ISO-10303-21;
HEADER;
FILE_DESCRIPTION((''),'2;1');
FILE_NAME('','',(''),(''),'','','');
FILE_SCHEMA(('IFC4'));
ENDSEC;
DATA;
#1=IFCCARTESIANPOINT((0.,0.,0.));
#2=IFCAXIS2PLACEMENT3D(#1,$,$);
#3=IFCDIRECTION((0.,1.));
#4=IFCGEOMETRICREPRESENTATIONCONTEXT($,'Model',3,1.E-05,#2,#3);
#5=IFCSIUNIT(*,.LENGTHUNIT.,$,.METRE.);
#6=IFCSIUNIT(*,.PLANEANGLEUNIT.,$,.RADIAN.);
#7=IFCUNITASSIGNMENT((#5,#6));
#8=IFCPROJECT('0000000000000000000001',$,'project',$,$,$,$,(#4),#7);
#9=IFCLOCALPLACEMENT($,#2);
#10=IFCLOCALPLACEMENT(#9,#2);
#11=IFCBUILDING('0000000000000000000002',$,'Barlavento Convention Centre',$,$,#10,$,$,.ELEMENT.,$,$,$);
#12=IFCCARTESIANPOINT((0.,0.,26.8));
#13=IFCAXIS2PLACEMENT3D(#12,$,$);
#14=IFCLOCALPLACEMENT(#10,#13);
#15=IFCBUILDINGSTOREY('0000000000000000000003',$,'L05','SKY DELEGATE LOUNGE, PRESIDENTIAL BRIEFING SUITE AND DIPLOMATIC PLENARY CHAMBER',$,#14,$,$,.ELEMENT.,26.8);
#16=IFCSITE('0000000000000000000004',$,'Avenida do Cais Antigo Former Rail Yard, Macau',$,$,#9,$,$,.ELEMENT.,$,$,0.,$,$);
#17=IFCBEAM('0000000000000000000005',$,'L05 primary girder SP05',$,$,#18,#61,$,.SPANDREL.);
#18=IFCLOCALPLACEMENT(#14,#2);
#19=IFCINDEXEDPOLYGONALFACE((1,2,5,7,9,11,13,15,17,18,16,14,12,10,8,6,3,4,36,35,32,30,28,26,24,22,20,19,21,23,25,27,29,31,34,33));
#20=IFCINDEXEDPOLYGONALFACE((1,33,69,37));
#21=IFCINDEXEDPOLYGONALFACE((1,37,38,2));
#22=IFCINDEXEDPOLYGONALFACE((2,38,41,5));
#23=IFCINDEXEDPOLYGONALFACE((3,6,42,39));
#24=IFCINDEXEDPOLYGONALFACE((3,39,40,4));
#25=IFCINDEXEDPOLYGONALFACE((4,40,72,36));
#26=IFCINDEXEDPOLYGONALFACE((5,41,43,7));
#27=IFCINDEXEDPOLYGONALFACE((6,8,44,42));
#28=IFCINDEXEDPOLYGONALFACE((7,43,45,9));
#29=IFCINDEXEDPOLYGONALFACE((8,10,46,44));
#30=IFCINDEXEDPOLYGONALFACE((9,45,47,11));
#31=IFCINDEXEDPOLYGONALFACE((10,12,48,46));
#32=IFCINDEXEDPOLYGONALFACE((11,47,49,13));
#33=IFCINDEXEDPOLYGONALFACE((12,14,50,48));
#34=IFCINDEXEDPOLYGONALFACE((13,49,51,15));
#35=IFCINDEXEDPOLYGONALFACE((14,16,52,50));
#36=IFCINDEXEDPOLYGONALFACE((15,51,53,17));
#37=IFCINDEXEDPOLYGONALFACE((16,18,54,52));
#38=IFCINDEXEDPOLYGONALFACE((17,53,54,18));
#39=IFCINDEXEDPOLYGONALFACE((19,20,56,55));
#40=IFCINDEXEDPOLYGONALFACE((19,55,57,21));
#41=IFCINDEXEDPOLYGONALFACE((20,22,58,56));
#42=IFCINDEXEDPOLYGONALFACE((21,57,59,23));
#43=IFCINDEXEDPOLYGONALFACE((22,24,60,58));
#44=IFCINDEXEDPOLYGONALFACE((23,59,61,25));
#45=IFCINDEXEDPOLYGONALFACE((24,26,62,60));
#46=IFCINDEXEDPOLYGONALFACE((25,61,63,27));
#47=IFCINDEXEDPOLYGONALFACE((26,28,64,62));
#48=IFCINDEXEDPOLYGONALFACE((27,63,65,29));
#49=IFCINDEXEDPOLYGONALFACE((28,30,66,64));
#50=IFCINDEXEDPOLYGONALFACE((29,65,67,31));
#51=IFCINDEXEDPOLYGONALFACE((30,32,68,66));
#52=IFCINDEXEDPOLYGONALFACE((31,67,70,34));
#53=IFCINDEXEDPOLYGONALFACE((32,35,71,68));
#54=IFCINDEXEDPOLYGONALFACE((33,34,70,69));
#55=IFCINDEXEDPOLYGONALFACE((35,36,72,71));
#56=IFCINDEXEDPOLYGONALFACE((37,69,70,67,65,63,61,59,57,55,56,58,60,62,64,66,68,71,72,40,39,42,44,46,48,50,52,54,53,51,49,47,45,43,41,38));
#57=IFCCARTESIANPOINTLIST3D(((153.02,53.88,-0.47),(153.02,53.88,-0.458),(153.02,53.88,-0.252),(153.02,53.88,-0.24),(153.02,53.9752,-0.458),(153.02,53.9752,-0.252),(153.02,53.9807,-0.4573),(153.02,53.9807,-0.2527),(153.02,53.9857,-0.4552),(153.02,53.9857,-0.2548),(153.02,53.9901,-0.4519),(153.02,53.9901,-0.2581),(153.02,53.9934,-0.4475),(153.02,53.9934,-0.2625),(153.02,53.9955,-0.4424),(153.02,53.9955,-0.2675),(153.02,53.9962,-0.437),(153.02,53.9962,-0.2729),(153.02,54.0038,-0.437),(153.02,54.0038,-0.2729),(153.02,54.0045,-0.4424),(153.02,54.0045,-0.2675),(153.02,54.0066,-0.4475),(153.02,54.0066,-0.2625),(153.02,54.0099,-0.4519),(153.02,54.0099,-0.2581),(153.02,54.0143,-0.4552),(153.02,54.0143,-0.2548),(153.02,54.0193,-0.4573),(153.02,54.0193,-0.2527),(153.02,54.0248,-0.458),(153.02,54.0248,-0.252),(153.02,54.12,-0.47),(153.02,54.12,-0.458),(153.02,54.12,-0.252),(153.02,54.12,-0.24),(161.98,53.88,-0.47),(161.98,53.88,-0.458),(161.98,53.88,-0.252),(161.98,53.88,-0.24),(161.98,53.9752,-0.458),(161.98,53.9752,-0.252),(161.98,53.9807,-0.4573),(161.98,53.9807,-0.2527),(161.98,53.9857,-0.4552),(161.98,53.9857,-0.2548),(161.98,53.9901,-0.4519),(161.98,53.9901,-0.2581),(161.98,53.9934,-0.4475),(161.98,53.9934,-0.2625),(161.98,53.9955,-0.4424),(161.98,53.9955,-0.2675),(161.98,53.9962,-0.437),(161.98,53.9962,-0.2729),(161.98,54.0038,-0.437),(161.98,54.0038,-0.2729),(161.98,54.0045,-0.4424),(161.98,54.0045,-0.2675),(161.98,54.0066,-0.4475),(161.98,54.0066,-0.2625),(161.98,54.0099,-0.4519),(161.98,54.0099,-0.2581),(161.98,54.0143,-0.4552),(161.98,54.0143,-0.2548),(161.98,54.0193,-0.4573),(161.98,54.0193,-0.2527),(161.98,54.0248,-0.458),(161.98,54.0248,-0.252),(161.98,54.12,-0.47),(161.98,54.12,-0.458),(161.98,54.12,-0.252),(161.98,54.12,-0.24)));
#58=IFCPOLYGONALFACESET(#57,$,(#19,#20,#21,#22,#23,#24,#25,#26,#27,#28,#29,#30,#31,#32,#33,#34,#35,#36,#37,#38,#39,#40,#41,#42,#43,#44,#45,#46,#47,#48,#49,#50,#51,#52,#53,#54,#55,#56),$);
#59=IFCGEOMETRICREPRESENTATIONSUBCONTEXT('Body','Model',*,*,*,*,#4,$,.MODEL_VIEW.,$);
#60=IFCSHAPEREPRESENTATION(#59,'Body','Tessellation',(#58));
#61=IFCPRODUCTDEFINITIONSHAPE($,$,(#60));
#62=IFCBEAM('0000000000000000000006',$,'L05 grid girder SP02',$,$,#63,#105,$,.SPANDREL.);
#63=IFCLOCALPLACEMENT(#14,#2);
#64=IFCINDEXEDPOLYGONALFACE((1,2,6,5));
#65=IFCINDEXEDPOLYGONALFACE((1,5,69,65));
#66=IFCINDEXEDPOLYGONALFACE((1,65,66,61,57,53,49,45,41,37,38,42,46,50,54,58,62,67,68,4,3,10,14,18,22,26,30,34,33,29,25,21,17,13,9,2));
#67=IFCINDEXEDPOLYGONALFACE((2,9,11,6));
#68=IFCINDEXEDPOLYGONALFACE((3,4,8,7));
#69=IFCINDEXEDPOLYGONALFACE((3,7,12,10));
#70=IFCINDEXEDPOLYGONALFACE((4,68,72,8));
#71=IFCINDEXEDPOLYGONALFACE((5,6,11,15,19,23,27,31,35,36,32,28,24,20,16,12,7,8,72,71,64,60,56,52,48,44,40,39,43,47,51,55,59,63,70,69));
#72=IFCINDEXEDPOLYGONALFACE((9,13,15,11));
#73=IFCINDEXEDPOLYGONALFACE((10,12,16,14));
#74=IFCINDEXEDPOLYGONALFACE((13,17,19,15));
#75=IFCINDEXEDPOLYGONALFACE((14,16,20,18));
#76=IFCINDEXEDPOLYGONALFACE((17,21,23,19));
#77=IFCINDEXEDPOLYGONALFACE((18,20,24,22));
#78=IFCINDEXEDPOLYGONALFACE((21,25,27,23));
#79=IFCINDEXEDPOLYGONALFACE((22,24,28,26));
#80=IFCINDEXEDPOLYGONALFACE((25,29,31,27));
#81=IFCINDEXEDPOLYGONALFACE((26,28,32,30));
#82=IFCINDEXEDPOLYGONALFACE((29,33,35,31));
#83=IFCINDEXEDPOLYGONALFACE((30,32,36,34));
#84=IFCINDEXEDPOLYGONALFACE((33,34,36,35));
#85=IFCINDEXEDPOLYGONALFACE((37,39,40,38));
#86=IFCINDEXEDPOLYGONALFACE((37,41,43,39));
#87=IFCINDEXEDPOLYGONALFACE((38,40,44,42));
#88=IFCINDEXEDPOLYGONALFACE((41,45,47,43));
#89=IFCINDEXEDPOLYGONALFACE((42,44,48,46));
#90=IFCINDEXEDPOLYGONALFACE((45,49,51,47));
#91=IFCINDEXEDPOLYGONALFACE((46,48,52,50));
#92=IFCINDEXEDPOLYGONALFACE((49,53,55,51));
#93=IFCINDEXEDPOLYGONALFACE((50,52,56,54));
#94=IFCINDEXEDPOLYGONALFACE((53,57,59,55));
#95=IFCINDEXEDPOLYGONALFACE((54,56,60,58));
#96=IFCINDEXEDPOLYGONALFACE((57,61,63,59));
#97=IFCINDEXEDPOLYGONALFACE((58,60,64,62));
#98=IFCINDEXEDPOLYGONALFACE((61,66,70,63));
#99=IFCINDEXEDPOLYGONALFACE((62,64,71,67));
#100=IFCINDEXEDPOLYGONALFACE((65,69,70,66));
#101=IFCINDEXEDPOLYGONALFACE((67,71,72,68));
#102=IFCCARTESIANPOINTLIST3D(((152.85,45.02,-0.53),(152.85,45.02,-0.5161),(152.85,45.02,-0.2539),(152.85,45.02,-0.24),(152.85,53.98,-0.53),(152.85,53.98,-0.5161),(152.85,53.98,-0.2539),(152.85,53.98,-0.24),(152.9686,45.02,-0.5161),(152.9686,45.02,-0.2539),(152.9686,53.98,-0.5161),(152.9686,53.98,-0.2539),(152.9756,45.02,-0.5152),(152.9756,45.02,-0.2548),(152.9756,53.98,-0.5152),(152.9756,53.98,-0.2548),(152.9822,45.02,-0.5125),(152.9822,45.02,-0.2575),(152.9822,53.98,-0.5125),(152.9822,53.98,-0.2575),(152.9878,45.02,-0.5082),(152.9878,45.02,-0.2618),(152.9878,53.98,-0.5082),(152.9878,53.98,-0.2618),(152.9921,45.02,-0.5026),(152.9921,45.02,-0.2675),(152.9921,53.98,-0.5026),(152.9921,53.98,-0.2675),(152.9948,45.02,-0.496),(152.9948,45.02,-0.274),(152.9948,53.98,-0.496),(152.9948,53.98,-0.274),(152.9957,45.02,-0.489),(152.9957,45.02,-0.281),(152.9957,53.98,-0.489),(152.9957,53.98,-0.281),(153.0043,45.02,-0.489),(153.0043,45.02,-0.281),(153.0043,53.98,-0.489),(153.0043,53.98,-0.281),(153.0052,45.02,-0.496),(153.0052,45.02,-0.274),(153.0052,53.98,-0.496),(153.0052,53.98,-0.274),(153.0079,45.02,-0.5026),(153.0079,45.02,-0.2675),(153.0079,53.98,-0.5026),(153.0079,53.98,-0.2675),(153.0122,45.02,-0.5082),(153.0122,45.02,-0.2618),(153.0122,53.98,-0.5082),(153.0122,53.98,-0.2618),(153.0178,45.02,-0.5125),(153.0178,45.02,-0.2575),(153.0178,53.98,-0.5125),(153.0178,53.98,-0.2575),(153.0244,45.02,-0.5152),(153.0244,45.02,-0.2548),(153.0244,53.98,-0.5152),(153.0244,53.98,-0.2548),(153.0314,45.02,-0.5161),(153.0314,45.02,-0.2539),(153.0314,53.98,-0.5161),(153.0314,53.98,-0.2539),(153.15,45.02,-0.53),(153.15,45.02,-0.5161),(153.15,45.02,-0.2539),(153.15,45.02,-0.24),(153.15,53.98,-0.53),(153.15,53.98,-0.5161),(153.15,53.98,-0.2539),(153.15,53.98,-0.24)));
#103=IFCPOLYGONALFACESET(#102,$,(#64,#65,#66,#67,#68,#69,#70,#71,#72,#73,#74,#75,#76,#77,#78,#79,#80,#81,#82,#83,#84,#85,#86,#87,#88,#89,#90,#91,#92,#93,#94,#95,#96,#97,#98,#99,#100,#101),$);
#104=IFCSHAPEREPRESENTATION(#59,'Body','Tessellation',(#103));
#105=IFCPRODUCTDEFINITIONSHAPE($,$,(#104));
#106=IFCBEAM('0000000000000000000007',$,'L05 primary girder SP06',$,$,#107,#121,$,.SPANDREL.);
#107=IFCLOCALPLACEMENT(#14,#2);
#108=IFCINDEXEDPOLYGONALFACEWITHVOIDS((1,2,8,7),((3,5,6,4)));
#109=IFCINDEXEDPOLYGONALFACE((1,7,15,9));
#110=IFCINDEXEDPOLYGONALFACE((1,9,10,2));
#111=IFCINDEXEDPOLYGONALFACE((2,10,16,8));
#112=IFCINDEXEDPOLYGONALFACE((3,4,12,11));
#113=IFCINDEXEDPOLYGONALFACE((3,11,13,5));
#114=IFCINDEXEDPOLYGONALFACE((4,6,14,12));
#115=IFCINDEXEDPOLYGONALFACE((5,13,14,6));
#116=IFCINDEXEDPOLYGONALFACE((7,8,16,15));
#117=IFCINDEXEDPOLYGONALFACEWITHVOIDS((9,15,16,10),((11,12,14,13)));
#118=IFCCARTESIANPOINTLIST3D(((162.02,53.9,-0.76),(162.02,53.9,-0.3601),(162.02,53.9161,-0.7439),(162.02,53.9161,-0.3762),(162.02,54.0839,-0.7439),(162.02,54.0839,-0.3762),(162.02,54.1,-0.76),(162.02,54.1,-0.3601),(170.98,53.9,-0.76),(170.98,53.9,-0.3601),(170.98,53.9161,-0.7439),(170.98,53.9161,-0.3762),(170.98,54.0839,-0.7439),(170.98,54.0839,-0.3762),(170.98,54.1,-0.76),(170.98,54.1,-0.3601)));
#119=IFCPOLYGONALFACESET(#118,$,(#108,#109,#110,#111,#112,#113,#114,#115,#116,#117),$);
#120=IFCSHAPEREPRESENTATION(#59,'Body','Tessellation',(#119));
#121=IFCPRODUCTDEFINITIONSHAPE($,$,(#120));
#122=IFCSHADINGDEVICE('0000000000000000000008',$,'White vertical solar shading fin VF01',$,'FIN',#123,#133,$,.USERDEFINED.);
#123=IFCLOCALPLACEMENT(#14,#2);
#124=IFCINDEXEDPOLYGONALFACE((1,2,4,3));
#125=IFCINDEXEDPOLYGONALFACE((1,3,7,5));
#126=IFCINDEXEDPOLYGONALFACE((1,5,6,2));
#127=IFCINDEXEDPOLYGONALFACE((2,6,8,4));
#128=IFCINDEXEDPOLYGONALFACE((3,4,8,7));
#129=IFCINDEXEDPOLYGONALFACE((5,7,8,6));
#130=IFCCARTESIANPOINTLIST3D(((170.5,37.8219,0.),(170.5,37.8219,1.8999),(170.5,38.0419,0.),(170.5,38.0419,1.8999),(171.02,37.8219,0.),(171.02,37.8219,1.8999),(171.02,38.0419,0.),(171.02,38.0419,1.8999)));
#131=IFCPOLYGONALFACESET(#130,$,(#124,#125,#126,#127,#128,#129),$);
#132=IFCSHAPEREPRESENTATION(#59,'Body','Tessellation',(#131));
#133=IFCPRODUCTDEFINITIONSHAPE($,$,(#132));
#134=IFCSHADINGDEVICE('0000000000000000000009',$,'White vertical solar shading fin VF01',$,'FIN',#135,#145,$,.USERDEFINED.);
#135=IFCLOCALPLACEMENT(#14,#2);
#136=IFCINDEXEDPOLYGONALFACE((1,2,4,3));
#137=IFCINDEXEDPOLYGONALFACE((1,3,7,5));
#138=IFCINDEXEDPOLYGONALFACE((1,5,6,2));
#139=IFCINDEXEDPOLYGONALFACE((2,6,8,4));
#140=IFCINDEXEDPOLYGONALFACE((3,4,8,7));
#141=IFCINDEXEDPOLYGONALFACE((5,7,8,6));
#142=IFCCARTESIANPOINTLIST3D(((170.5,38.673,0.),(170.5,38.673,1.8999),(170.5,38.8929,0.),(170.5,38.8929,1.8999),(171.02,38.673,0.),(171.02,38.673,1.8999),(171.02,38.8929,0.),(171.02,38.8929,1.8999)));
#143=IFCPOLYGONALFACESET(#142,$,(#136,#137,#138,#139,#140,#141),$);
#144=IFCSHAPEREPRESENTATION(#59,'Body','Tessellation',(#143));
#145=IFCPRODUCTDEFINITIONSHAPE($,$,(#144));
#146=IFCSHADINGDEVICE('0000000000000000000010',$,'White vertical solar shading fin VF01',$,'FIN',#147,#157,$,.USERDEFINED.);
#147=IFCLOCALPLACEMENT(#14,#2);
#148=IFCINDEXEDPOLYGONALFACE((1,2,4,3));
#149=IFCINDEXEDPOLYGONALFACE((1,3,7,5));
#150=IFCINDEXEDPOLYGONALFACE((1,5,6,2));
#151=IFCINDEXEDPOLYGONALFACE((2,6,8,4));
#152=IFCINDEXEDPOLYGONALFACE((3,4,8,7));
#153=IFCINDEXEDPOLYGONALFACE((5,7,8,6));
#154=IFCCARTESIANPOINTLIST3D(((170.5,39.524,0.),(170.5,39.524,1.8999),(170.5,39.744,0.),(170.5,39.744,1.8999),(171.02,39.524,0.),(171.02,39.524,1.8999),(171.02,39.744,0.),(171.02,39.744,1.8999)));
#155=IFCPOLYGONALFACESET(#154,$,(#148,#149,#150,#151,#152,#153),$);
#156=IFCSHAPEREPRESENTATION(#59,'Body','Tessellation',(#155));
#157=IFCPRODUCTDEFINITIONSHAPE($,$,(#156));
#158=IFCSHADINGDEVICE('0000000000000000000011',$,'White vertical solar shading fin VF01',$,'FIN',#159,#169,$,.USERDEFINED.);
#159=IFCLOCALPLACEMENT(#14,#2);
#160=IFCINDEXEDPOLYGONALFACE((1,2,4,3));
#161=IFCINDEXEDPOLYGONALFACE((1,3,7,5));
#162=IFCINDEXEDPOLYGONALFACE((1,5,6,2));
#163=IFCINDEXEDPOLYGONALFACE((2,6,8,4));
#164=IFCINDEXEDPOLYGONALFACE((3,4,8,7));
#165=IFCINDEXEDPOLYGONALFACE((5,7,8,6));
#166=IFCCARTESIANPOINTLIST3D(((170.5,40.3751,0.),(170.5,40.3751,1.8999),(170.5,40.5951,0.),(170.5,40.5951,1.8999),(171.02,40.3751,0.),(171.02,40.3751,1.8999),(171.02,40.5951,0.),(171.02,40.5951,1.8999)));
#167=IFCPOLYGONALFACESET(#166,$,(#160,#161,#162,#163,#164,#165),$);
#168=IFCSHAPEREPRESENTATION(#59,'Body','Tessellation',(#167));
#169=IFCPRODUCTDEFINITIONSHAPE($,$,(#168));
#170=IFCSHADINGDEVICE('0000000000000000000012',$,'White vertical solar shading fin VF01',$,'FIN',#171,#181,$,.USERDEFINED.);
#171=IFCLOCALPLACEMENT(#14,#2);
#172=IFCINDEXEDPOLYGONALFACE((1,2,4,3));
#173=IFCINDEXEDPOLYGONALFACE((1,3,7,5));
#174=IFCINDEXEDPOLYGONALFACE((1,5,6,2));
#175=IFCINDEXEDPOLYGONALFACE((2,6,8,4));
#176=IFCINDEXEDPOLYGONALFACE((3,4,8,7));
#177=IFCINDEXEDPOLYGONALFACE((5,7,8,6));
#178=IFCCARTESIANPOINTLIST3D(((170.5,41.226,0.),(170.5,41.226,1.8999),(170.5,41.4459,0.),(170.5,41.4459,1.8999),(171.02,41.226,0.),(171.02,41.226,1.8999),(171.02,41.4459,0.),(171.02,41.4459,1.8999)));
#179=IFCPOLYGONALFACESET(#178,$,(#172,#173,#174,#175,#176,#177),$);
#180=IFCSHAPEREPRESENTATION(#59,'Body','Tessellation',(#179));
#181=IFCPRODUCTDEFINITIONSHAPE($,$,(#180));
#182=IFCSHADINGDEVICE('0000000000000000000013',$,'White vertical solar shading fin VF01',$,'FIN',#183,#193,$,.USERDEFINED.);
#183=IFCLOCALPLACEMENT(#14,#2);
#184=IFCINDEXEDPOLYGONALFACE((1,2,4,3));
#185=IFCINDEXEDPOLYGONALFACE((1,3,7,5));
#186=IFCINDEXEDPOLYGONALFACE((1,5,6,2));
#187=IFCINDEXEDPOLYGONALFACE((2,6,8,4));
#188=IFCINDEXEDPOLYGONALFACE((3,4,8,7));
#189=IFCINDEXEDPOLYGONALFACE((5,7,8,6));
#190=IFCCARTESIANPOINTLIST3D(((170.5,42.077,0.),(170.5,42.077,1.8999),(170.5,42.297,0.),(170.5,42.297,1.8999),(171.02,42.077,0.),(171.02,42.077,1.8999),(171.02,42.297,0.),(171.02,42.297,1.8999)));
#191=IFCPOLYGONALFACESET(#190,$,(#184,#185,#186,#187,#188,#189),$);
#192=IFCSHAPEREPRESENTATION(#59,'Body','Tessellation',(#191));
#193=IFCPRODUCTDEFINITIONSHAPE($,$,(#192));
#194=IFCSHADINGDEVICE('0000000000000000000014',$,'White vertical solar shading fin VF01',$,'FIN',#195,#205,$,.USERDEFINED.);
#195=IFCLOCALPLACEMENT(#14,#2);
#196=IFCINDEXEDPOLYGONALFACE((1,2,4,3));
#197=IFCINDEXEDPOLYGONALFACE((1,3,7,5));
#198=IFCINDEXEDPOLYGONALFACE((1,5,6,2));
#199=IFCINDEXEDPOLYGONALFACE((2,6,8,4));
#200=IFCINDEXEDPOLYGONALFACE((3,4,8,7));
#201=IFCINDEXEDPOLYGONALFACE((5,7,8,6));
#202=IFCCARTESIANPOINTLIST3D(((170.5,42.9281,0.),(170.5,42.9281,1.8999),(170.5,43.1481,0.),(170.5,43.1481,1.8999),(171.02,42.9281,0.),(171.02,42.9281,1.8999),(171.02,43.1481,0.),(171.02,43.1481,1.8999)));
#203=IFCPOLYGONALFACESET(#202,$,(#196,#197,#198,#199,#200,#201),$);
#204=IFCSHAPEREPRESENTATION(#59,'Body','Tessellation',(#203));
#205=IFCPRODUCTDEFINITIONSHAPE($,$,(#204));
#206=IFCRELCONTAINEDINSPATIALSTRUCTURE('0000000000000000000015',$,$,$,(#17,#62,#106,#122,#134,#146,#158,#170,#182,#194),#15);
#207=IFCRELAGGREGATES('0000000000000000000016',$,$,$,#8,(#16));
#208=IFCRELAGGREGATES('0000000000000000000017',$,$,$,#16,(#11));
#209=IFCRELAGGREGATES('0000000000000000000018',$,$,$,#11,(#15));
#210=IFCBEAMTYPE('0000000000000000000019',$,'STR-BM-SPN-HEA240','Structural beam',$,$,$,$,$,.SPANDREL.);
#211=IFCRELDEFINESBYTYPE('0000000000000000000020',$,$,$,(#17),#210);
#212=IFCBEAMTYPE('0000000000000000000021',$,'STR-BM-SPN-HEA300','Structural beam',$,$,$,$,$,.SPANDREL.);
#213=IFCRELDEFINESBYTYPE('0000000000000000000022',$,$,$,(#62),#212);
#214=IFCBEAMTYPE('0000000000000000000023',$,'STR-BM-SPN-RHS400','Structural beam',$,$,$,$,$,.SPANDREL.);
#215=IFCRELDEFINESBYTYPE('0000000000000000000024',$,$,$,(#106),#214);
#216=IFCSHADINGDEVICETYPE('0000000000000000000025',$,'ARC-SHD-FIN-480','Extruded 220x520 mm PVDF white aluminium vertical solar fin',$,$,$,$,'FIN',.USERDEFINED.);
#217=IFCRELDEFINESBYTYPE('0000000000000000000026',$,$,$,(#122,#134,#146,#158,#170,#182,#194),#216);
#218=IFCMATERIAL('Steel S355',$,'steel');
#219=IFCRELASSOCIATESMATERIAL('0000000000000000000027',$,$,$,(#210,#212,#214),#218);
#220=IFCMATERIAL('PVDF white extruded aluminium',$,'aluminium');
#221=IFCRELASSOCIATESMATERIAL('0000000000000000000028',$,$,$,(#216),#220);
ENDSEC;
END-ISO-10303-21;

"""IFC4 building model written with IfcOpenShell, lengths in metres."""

from ifc_helpers import new_model, si_unit, direction, frame, origin, origin_2d, place, context, subcontext, project, spatial, rectangle, hollow_rectangle, i_section, extrude, material, material_profile, profile_set, type_object, element, save


model = new_model("IFC4")

# Units and contexts
model_context = context("Model", 3, precision=1e-05, world=origin(), true_north=direction((0.0, 1.0)))
body_context = subcontext(model_context, "Body", "Model", "MODEL_VIEW")
ifc_project = project(units=[si_unit("LENGTHUNIT", "METRE"), si_unit("PLANEANGLEUNIT", "RADIAN")], contexts=[model_context])

# Site, building, storey
site_placement = place(None, origin())
site = spatial("IfcSite", under=ifc_project, at=site_placement, Name="Avenida do Cais Antigo Former Rail Yard, Macau", CompositionType="ELEMENT", RefElevation=0.0)
building_placement = place(site_placement, origin())
building = spatial("IfcBuilding", under=site, at=building_placement, Name="Barlavento Convention Centre", CompositionType="ELEMENT")
storey_placement = place(building_placement, frame((0.0, 0.0, 26.8)))
storey = spatial("IfcBuildingStorey", under=building, at=storey_placement, Name="L05", Description="SKY DELEGATE LOUNGE, PRESIDENTIAL BRIEFING SUITE AND DIPLOMATIC PLENARY CHAMBER", CompositionType="ELEMENT", Elevation=26.8)

# Beams
ifc_material_1 = material(Name="Steel S355", Category="steel")
ifc_material_profile_1 = material_profile(ifc_material_1, i_section(OverallWidth=0.24, OverallDepth=0.23, WebThickness=0.0076, FlangeThickness=0.012, FilletRadius=0.021, at=origin_2d()), Name="HEA 240")
ifc_profile_set_1 = profile_set([ifc_material_profile_1], Name="Steel S355")
beam_type_1 = type_object("IfcBeamType", Name="STR-BM-SPN-HEA240", Description="Structural beam", PredefinedType="SPANDREL", material=ifc_profile_set_1)
beam_1_placement = place(storey_placement, frame((153.02, 54.0, -0.355), z_axis=(1.0, 0.0, 0.0), x_axis=(0.0, 1.0, 0.0)))
element("IfcBeam", 1, at=beam_1_placement, inside=storey, type_object=beam_type_1, Name="L05 primary girder SP05", PredefinedType="SPANDREL", context=body_context, shape_type="SweptSolid", body=[
    extrude(i_section(OverallWidth=0.24, OverallDepth=0.23, WebThickness=0.0076, FlangeThickness=0.012, FilletRadius=0.021, at=origin_2d()), origin(), (0.0, 0.0, 1.0), 8.96),
])
ifc_material_profile_2 = material_profile(ifc_material_1, i_section(OverallWidth=0.3, OverallDepth=0.29, WebThickness=0.0085, FlangeThickness=0.0139, FilletRadius=0.0271, at=origin_2d()), Name="HEA 300")
ifc_profile_set_2 = profile_set([ifc_material_profile_2], Name="Steel S355")
beam_type_2 = type_object("IfcBeamType", Name="STR-BM-SPN-HEA300", Description="Structural beam", PredefinedType="SPANDREL", material=ifc_profile_set_2)
beam_2_placement = place(storey_placement, frame((153.0, 45.02, -0.385), z_axis=(0.0, 1.0, 0.0), x_axis=(-1.0, 0.0, 0.0)))
element("IfcBeam", 2, at=beam_2_placement, inside=storey, type_object=beam_type_2, Name="L05 grid girder SP02", PredefinedType="SPANDREL", context=body_context, shape_type="SweptSolid", body=[
    extrude(i_section(OverallWidth=0.3, OverallDepth=0.29, WebThickness=0.0085, FlangeThickness=0.0139, FilletRadius=0.0271, at=origin_2d()), origin(), (0.0, 0.0, 1.0), 8.96),
])
ifc_material_profile_3 = material_profile(ifc_material_1, hollow_rectangle(XDim=0.2, YDim=0.3999, WallThickness=0.0161, at=origin_2d()), Name="RHS 400x200x16.0")
ifc_profile_set_3 = profile_set([ifc_material_profile_3], Name="Steel S355")
beam_type_3 = type_object("IfcBeamType", Name="STR-BM-SPN-RHS400", Description="Structural beam", PredefinedType="SPANDREL", material=ifc_profile_set_3)
beam_3_placement = place(storey_placement, frame((162.02, 54.0, -0.5601), z_axis=(1.0, 0.0, 0.0), x_axis=(0.0, 1.0, 0.0)))
element("IfcBeam", 3, at=beam_3_placement, inside=storey, type_object=beam_type_3, Name="L05 primary girder SP06", PredefinedType="SPANDREL", context=body_context, shape_type="SweptSolid", body=[
    extrude(hollow_rectangle(XDim=0.2, YDim=0.3999, WallThickness=0.0161, at=origin_2d()), origin(), (0.0, 0.0, 1.0), 8.96),
])

# Shading devices
ifc_material_2 = material(Name="PVDF white extruded aluminium", Category="aluminium")
shading_device_type = type_object("IfcShadingDeviceType", Name="ARC-SHD-FIN-480", Description="Extruded 220x520 mm PVDF white aluminium vertical solar fin", ElementType="FIN", PredefinedType="USERDEFINED", material=ifc_material_2)
for number, where, z_axis, x_axis, name in (
    (4, (170.76, 37.9319, 0.0), (0.0, 0.0, 1.0), (0.0, 1.0, 0.0), "White vertical solar shading fin VF01"),
    (5, (170.76, 38.783, 0.0), (0.0, 0.0, 1.0), (0.0, 1.0, 0.0), "White vertical solar shading fin VF01"),
    (6, (170.76, 39.634, 0.0), (0.0, 0.0, 1.0), (0.0, 1.0, 0.0), "White vertical solar shading fin VF01"),
    (7, (170.76, 40.4851, 0.0), (0.0, 0.0, 1.0), (0.0, 1.0, 0.0), "White vertical solar shading fin VF01"),
    (8, (170.76, 41.3359, 0.0), (0.0, 0.0, 1.0), (0.0, 1.0, 0.0), "White vertical solar shading fin VF01"),
    (9, (170.76, 42.187, 0.0), (0.0, 0.0, 1.0), (0.0, 1.0, 0.0), "White vertical solar shading fin VF01"),
    (10, (170.76, 43.0381, 0.0), (0.0, 0.0, 1.0), (0.0, 1.0, 0.0), "White vertical solar shading fin VF01"),
):
    element("IfcShadingDevice", number, at=place(storey_placement, frame(where, z_axis=z_axis, x_axis=x_axis)), inside=storey, type_object=shading_device_type, Name=name, ObjectType="FIN", PredefinedType="USERDEFINED", context=body_context, shape_type="SweptSolid", body=[
        extrude(rectangle(XDim=0.22, YDim=0.52, at=origin_2d()), origin(), (0.0, 0.0, 1.0), 1.8999),
    ])

save(model, "model.ifc")
